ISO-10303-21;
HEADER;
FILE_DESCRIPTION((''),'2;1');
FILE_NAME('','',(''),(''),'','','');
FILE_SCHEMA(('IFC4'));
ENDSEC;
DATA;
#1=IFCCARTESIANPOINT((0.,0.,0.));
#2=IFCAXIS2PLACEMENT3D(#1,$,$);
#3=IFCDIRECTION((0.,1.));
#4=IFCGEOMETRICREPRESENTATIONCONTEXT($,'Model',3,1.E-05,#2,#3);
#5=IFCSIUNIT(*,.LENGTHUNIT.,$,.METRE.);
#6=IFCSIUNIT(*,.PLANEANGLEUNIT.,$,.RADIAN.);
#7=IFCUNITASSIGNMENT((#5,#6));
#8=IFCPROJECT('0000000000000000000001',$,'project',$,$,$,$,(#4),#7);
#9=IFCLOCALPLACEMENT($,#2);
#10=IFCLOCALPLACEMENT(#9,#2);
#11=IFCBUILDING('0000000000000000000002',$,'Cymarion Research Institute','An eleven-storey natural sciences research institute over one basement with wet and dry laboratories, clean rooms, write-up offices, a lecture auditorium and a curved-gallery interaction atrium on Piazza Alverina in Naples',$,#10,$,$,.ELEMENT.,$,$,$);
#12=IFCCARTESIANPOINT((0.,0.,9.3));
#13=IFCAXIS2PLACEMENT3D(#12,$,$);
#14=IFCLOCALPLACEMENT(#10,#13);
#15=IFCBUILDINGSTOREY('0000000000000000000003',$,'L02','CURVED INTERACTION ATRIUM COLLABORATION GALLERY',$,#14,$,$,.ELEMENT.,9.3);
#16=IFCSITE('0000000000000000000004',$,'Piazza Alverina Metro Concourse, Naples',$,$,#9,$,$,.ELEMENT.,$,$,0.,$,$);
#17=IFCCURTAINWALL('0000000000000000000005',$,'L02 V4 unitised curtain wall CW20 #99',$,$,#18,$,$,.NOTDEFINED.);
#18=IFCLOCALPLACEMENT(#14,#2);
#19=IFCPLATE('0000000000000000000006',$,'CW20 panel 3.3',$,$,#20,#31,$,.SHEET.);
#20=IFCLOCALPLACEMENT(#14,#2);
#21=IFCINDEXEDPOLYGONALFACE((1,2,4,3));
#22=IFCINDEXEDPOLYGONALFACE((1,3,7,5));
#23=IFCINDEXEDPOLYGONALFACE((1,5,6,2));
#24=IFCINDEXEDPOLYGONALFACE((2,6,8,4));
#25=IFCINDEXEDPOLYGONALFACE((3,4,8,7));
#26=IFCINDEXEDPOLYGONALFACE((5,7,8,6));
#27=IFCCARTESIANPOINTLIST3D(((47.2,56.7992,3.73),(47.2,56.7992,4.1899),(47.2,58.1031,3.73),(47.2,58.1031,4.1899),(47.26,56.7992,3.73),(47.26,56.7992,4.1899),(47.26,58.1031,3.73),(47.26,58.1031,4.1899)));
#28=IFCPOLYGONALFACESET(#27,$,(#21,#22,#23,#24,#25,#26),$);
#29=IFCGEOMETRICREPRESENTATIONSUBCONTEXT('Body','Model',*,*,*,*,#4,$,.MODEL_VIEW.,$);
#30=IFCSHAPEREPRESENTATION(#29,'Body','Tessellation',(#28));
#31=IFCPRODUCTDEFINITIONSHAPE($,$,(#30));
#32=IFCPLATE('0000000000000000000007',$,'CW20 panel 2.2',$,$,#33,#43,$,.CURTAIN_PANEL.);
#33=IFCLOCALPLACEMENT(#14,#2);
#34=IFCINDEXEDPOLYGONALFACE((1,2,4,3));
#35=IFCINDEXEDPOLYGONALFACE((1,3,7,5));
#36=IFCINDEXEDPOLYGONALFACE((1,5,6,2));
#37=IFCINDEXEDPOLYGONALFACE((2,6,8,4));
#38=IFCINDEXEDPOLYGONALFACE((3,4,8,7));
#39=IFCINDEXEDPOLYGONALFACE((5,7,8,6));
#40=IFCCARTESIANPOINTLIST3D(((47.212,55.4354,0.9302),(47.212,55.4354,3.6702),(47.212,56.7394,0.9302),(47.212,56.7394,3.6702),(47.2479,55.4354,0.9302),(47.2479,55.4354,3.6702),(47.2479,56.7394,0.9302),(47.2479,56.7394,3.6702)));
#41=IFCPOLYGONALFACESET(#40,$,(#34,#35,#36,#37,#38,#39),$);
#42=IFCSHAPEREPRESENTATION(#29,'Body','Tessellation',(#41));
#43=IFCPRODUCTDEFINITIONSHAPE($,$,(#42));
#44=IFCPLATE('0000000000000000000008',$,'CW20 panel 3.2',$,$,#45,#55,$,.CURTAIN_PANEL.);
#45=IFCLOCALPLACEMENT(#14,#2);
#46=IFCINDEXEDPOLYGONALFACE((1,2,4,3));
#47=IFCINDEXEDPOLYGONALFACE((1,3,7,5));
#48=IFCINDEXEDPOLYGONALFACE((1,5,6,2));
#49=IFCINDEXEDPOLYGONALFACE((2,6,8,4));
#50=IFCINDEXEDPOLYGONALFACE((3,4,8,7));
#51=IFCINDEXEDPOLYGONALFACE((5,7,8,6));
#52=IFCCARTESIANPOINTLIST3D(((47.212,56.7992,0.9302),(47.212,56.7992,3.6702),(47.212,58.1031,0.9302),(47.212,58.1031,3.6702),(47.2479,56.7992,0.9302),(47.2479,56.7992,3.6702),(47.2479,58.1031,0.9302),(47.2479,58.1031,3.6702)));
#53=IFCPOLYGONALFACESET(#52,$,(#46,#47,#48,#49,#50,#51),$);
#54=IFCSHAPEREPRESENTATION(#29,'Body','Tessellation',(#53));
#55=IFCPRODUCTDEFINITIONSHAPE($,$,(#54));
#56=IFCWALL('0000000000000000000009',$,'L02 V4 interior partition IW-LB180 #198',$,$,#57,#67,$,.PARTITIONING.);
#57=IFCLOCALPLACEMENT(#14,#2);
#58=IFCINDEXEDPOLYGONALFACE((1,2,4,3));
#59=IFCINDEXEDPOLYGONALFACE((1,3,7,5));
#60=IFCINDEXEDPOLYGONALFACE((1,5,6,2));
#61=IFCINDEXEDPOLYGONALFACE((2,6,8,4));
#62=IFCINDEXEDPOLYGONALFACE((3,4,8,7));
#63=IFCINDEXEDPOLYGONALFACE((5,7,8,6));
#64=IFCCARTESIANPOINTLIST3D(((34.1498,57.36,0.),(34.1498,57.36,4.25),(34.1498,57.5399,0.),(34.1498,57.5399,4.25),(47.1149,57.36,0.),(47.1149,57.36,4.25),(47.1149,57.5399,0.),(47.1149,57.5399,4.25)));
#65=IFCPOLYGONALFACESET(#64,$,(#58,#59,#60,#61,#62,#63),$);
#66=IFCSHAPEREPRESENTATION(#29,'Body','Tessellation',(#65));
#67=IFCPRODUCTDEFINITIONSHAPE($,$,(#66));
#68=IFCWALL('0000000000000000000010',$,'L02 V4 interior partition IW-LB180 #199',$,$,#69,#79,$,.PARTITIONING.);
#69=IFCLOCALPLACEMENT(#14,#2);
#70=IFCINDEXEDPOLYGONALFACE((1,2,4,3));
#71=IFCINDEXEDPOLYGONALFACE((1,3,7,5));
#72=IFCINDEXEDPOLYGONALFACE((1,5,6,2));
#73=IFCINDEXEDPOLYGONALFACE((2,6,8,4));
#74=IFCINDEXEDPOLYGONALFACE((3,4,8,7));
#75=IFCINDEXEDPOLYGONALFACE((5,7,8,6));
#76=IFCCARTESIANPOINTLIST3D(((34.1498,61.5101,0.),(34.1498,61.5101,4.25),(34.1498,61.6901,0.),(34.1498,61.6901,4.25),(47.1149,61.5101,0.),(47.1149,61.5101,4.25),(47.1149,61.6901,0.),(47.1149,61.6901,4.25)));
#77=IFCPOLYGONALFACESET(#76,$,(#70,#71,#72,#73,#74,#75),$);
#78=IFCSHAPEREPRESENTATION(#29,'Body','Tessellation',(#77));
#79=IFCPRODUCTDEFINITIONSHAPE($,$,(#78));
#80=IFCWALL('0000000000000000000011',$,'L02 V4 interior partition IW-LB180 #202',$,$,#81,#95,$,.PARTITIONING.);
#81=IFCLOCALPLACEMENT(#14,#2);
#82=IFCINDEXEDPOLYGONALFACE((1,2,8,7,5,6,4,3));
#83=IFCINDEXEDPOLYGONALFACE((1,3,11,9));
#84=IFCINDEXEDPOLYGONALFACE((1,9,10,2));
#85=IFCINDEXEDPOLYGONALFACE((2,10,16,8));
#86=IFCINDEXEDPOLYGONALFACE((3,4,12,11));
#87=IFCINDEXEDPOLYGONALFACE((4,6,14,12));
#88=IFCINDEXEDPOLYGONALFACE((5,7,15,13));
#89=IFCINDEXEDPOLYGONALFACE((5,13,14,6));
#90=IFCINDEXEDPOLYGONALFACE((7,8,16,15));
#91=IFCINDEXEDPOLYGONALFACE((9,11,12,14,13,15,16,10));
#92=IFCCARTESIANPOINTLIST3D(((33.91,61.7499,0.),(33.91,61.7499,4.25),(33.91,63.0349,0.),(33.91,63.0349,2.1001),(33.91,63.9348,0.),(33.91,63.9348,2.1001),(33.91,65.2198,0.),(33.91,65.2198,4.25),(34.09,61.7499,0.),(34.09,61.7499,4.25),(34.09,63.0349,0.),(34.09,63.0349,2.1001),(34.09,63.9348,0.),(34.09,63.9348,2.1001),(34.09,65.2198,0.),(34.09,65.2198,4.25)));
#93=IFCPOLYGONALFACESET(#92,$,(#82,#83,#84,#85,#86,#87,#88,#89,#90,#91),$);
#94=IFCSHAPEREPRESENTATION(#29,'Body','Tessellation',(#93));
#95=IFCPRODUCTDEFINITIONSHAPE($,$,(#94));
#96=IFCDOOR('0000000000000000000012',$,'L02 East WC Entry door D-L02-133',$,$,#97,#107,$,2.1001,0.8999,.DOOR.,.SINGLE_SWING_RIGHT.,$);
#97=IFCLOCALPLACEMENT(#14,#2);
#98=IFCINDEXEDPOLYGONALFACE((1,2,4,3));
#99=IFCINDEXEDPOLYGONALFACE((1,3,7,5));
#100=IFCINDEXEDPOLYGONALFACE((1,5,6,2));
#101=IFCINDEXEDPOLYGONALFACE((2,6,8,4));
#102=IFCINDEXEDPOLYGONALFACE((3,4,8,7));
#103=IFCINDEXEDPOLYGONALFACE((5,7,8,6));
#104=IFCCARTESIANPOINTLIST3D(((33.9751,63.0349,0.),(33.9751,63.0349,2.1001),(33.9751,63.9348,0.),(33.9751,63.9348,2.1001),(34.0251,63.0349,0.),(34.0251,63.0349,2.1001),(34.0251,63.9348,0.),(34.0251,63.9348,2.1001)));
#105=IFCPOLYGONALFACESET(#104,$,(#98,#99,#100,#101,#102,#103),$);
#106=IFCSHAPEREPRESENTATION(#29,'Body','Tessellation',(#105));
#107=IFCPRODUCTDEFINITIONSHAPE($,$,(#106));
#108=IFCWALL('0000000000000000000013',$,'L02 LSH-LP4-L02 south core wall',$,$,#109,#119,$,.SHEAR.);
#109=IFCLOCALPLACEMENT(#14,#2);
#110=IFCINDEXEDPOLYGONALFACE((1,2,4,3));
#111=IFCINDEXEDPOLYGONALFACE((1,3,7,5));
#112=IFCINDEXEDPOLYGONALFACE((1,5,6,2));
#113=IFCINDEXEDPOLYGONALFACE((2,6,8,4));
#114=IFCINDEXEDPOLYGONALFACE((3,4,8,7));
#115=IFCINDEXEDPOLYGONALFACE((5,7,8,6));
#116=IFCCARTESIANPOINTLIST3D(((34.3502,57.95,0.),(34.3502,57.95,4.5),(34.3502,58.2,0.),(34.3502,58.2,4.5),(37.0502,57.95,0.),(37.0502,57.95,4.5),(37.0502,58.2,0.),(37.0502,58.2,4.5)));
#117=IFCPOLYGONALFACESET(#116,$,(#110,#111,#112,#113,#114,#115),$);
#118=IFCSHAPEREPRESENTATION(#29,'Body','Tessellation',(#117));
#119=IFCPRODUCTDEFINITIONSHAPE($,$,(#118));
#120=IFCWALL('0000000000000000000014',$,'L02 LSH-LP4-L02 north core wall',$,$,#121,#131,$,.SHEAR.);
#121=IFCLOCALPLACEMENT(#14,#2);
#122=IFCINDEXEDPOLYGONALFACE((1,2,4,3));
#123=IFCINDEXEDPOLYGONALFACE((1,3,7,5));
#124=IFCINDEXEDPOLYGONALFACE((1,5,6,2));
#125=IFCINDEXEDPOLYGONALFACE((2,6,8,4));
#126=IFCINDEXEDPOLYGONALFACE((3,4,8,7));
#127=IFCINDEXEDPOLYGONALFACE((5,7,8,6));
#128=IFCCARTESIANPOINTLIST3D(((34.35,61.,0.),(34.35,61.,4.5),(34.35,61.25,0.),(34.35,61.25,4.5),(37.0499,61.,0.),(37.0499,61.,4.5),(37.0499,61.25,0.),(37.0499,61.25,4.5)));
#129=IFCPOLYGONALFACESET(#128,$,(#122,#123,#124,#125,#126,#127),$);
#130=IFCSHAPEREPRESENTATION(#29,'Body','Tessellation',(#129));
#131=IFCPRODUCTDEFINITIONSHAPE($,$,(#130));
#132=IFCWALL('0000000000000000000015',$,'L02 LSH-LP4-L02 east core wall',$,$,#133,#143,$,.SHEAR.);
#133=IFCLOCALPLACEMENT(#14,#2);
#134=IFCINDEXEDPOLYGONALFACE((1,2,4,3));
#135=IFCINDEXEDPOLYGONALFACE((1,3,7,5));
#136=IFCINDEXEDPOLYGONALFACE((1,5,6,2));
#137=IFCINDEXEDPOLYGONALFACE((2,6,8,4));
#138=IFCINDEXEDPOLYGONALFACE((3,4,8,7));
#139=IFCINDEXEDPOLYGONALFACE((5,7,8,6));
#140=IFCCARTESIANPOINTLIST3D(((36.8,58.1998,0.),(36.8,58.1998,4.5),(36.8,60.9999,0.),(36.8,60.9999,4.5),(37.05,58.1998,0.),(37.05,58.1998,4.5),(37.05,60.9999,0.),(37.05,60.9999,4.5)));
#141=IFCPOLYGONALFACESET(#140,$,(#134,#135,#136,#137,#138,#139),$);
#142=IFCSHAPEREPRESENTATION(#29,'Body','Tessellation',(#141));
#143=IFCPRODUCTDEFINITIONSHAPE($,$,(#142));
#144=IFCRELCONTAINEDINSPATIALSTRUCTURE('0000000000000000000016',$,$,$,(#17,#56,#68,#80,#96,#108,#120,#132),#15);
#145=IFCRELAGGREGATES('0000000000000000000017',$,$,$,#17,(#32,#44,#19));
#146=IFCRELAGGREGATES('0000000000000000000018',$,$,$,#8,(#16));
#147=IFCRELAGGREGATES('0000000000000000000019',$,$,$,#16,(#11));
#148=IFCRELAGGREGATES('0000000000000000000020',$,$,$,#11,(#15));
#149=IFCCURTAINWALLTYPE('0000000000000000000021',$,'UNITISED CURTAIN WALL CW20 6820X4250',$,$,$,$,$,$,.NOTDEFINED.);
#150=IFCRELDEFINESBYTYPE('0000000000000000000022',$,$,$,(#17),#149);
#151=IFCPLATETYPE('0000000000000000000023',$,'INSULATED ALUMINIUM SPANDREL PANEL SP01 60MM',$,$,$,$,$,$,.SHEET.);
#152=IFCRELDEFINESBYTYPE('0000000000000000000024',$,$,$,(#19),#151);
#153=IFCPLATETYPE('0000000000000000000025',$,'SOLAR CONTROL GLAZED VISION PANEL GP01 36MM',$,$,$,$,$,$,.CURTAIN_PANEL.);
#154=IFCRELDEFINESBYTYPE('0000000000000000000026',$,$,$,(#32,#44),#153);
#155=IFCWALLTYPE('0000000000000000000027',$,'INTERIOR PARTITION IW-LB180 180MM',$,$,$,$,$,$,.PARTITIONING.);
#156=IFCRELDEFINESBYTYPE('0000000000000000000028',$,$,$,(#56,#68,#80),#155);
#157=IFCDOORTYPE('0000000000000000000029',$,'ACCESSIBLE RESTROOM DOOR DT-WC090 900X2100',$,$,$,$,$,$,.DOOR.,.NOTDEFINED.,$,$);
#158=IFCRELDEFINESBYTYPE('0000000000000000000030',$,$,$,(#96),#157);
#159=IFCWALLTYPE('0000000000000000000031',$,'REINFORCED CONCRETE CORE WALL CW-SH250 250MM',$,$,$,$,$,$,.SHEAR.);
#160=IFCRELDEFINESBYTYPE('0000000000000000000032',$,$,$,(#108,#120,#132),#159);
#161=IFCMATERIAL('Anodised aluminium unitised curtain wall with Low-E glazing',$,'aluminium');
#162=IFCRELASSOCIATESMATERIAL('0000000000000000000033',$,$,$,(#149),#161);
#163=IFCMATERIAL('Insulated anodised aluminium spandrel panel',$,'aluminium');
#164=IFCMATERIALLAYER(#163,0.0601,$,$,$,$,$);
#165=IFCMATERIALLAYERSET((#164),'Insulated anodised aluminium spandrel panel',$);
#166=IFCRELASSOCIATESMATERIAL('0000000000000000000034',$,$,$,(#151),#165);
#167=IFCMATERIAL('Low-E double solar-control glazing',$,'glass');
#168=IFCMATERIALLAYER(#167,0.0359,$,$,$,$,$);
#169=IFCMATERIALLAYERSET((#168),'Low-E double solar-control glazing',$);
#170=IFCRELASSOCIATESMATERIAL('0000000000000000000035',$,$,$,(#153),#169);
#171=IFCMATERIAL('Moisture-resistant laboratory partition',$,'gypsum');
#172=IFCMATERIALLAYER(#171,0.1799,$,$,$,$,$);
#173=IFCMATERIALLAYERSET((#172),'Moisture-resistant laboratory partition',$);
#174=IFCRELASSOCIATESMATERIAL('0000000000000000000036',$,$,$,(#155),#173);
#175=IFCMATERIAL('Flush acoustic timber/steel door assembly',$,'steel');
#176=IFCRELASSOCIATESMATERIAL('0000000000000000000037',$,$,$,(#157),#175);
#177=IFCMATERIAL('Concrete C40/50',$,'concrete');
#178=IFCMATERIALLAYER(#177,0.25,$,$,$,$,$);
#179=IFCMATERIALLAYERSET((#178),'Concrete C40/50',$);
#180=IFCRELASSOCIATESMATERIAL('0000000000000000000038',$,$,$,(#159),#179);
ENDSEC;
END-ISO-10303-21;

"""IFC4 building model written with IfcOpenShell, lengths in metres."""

from ifc_helpers import new_model, si_unit, direction, frame, frame_2d, origin, origin_2d, place, context, subcontext, project, spatial, rectangle, extrude, material, layer, layer_set, type_object, element, fill, aggregate, save


model = new_model("IFC4")

# Units and contexts
model_context = context("Model", 3, precision=1e-05, world=origin(), true_north=direction((0.0, 1.0)))
body_context = subcontext(model_context, "Body", "Model", "MODEL_VIEW")
ifc_project = project(units=[si_unit("LENGTHUNIT", "METRE"), si_unit("PLANEANGLEUNIT", "RADIAN")], contexts=[model_context])

# Site, building, storey
site_placement = place(None, origin())
site = spatial("IfcSite", under=ifc_project, at=site_placement, Name="Piazza Alverina Metro Concourse, Naples", CompositionType="ELEMENT", RefElevation=0.0)
building_placement = place(site_placement, origin())
building = spatial("IfcBuilding", under=site, at=building_placement, Name="Cymarion Research Institute", Description="An eleven-storey natural sciences research institute over one basement with wet and dry laboratories, clean rooms, write-up offices, a lecture auditorium and a curved-gallery interaction atrium on Piazza Alverina in Naples", CompositionType="ELEMENT")
storey_placement = place(building_placement, frame((0.0, 0.0, 9.3)))
storey = spatial("IfcBuildingStorey", under=building, at=storey_placement, Name="L02", Description="CURVED INTERACTION ATRIUM COLLABORATION GALLERY", CompositionType="ELEMENT", Elevation=9.3)

# Curtain wall
ifc_material_1 = material(Name="Anodised aluminium unitised curtain wall with Low-E glazing", Category="aluminium")
curtain_wall_type = type_object("IfcCurtainWallType", Name="UNITISED CURTAIN WALL CW20 6820X4250", PredefinedType="NOTDEFINED", material=ifc_material_1)
curtain_wall_placement = place(storey_placement, origin())
curtain_wall = element("IfcCurtainWall", 1, at=curtain_wall_placement, inside=storey, type_object=curtain_wall_type, Name="L02 V4 unitised curtain wall CW20 #99", PredefinedType="NOTDEFINED")

# Plates
ifc_material_2 = material(Name="Insulated anodised aluminium spandrel panel", Category="aluminium")
ifc_layer_1 = layer(ifc_material_2, 0.0601)
ifc_layer_set_1 = layer_set([ifc_layer_1], Name="Insulated anodised aluminium spandrel panel")
plate_type_1 = type_object("IfcPlateType", Name="INSULATED ALUMINIUM SPANDREL PANEL SP01 60MM", PredefinedType="SHEET", material=ifc_layer_set_1)
plate_1_placement = place(storey_placement, frame((47.23, 57.4512, 3.73), z_axis=(0.0, 0.0, 1.0), x_axis=(0.0, 1.0, 0.0)))
plate_1 = element("IfcPlate", 2, at=plate_1_placement, type_object=plate_type_1, Name="CW20 panel 3.3", PredefinedType="SHEET", context=body_context, shape_type="SweptSolid", body=[
    extrude(rectangle(XDim=1.304, YDim=0.0601, at=origin_2d()), origin(), (0.0, 0.0, 1.0), 0.46),
])
ifc_material_3 = material(Name="Low-E double solar-control glazing", Category="glass")
ifc_layer_2 = layer(ifc_material_3, 0.0359)
ifc_layer_set_2 = layer_set([ifc_layer_2], Name="Low-E double solar-control glazing")
plate_type_2 = type_object("IfcPlateType", Name="SOLAR CONTROL GLAZED VISION PANEL GP01 36MM", PredefinedType="CURTAIN_PANEL", material=ifc_layer_set_2)
plate_2_placement = place(storey_placement, frame((47.23, 56.0874, 0.9302), z_axis=(0.0, 0.0, 1.0), x_axis=(0.0, 1.0, 0.0)))
plate_2 = element("IfcPlate", 3, at=plate_2_placement, type_object=plate_type_2, Name="CW20 panel 2.2", PredefinedType="CURTAIN_PANEL", context=body_context, shape_type="SweptSolid", body=[
    extrude(rectangle(XDim=1.304, YDim=0.0359, at=origin_2d()), origin(), (0.0, 0.0, 1.0), 2.74),
])
plate_3_placement = place(storey_placement, frame((47.23, 57.4512, 0.9302), z_axis=(0.0, 0.0, 1.0), x_axis=(0.0, 1.0, 0.0)))
plate_3 = element("IfcPlate", 4, at=plate_3_placement, type_object=plate_type_2, Name="CW20 panel 3.2", PredefinedType="CURTAIN_PANEL", context=body_context, shape_type="SweptSolid", body=[
    extrude(rectangle(XDim=1.304, YDim=0.0359, at=origin_2d()), origin(), (0.0, 0.0, 1.0), 2.74),
])
aggregate(curtain_wall, [plate_2, plate_3, plate_1])

# Walls
ifc_material_4 = material(Name="Moisture-resistant laboratory partition", Category="gypsum")
ifc_layer_3 = layer(ifc_material_4, 0.1799)
ifc_layer_set_3 = layer_set([ifc_layer_3], Name="Moisture-resistant laboratory partition")
wall_type_1 = type_object("IfcWallType", Name="INTERIOR PARTITION IW-LB180 180MM", PredefinedType="PARTITIONING", material=ifc_layer_set_3)
for number, where, z_axis, x_axis, name in (
    (5, (34.1499, 57.45, 0.0), (0.0, 0.0, 1.0), (1.0, 0.0, 0.0), "L02 V4 interior partition IW-LB180 #198"),
    (6, (34.1499, 61.6001, 0.0), (0.0, 0.0, 1.0), (1.0, 0.0, 0.0), "L02 V4 interior partition IW-LB180 #199"),
):
    element("IfcWall", number, at=place(storey_placement, frame(where, z_axis=z_axis, x_axis=x_axis)), inside=storey, type_object=wall_type_1, Name=name, PredefinedType="PARTITIONING", context=body_context, shape_type="SweptSolid", body=[
        extrude(rectangle(XDim=12.9651, YDim=0.1799, at=frame_2d((6.4824, 0.0))), origin(), (0.0, 0.0, 1.0), 4.25),
    ])

# Wall, opening, door
wall_1_placement = place(storey_placement, frame((34.0, 61.75, 0.0), z_axis=(0.0, 0.0, 1.0), x_axis=(0.0, 1.0, 0.0)))
wall_1 = element("IfcWall", 7, at=wall_1_placement, inside=storey, type_object=wall_type_1, Name="L02 V4 interior partition IW-LB180 #202", PredefinedType="PARTITIONING", context=body_context, shape_type="SweptSolid", body=[
    extrude(rectangle(XDim=3.47, YDim=0.1799, at=frame_2d((1.7349, 0.0))), origin(), (0.0, 0.0, 1.0), 4.25),
])
opening_1_placement = place(wall_1_placement, frame((1.2849, 0.0, 0.0)))
opening_1 = element("IfcOpeningElement", 8, at=opening_1_placement, cuts=wall_1, PredefinedType="OPENING", context=body_context, shape_type="SweptSolid", body=[
    extrude(rectangle(XDim=0.8999, YDim=2.1001, at=frame_2d((0.45, 1.05))), frame((0.0, 0.0999, 0.0), z_axis=(0.0, -1.0, 0.0), x_axis=(1.0, 0.0, 0.0)), (0.0, 0.0, 1.0), 0.2),
])
ifc_material_5 = material(Name="Flush acoustic timber/steel door assembly", Category="steel")
door_type_1 = type_object("IfcDoorType", Name="ACCESSIBLE RESTROOM DOOR DT-WC090 900X2100", OperationType="NOTDEFINED", PredefinedType="DOOR", material=ifc_material_5)
door_1_placement = place(opening_1_placement, origin())
door_1 = element("IfcDoor", 9, at=door_1_placement, inside=storey, type_object=door_type_1, Name="L02 East WC Entry door D-L02-133", OperationType="SINGLE_SWING_RIGHT", OverallHeight=2.1001, OverallWidth=0.8999, PredefinedType="DOOR", context=body_context, shape_type="SweptSolid", body=[
    extrude(rectangle(XDim=0.8999, YDim=2.1001, at=frame_2d((0.45, 1.05))), frame((0.0, 0.0249, 0.0), z_axis=(0.0, -1.0, 0.0), x_axis=(1.0, 0.0, 0.0)), (0.0, 0.0, 1.0), 0.05),
])
fill(opening_1, door_1)

# Walls
ifc_material_6 = material(Name="Concrete C40/50", Category="concrete")
ifc_layer_4 = layer(ifc_material_6, 0.25)
ifc_layer_set_4 = layer_set([ifc_layer_4], Name="Concrete C40/50")
wall_type_2 = type_object("IfcWallType", Name="REINFORCED CONCRETE CORE WALL CW-SH250 250MM", PredefinedType="SHEAR", material=ifc_layer_set_4)
for number, where, z_axis, x_axis, name in (
    (10, (34.3501, 58.075, 0.0), (0.0, 0.0, 1.0), (1.0, 0.0, 0.0), "L02 LSH-LP4-L02 south core wall"),
    (11, (37.05, 61.125, 0.0), (0.0, 0.0, 1.0), (-1.0, 0.0, 0.0), "L02 LSH-LP4-L02 north core wall"),
):
    element("IfcWall", number, at=place(storey_placement, frame(where, z_axis=z_axis, x_axis=x_axis)), inside=storey, type_object=wall_type_2, Name=name, PredefinedType="SHEAR", context=body_context, shape_type="SweptSolid", body=[
        extrude(rectangle(XDim=2.7, YDim=0.25, at=frame_2d((1.3501, 0.0))), origin(), (0.0, 0.0, 1.0), 4.5),
    ])

# Wall
wall_2_placement = place(storey_placement, frame((36.925, 58.2, 0.0), z_axis=(0.0, 0.0, 1.0), x_axis=(0.0, 1.0, 0.0)))
element("IfcWall", 12, at=wall_2_placement, inside=storey, type_object=wall_type_2, Name="L02 LSH-LP4-L02 east core wall", PredefinedType="SHEAR", context=body_context, shape_type="SweptSolid", body=[
    extrude(rectangle(XDim=2.8, YDim=0.25, at=frame_2d((1.3999, 0.0))), origin(), (0.0, 0.0, 1.0), 4.5),
])

save(model, "model.ifc")
